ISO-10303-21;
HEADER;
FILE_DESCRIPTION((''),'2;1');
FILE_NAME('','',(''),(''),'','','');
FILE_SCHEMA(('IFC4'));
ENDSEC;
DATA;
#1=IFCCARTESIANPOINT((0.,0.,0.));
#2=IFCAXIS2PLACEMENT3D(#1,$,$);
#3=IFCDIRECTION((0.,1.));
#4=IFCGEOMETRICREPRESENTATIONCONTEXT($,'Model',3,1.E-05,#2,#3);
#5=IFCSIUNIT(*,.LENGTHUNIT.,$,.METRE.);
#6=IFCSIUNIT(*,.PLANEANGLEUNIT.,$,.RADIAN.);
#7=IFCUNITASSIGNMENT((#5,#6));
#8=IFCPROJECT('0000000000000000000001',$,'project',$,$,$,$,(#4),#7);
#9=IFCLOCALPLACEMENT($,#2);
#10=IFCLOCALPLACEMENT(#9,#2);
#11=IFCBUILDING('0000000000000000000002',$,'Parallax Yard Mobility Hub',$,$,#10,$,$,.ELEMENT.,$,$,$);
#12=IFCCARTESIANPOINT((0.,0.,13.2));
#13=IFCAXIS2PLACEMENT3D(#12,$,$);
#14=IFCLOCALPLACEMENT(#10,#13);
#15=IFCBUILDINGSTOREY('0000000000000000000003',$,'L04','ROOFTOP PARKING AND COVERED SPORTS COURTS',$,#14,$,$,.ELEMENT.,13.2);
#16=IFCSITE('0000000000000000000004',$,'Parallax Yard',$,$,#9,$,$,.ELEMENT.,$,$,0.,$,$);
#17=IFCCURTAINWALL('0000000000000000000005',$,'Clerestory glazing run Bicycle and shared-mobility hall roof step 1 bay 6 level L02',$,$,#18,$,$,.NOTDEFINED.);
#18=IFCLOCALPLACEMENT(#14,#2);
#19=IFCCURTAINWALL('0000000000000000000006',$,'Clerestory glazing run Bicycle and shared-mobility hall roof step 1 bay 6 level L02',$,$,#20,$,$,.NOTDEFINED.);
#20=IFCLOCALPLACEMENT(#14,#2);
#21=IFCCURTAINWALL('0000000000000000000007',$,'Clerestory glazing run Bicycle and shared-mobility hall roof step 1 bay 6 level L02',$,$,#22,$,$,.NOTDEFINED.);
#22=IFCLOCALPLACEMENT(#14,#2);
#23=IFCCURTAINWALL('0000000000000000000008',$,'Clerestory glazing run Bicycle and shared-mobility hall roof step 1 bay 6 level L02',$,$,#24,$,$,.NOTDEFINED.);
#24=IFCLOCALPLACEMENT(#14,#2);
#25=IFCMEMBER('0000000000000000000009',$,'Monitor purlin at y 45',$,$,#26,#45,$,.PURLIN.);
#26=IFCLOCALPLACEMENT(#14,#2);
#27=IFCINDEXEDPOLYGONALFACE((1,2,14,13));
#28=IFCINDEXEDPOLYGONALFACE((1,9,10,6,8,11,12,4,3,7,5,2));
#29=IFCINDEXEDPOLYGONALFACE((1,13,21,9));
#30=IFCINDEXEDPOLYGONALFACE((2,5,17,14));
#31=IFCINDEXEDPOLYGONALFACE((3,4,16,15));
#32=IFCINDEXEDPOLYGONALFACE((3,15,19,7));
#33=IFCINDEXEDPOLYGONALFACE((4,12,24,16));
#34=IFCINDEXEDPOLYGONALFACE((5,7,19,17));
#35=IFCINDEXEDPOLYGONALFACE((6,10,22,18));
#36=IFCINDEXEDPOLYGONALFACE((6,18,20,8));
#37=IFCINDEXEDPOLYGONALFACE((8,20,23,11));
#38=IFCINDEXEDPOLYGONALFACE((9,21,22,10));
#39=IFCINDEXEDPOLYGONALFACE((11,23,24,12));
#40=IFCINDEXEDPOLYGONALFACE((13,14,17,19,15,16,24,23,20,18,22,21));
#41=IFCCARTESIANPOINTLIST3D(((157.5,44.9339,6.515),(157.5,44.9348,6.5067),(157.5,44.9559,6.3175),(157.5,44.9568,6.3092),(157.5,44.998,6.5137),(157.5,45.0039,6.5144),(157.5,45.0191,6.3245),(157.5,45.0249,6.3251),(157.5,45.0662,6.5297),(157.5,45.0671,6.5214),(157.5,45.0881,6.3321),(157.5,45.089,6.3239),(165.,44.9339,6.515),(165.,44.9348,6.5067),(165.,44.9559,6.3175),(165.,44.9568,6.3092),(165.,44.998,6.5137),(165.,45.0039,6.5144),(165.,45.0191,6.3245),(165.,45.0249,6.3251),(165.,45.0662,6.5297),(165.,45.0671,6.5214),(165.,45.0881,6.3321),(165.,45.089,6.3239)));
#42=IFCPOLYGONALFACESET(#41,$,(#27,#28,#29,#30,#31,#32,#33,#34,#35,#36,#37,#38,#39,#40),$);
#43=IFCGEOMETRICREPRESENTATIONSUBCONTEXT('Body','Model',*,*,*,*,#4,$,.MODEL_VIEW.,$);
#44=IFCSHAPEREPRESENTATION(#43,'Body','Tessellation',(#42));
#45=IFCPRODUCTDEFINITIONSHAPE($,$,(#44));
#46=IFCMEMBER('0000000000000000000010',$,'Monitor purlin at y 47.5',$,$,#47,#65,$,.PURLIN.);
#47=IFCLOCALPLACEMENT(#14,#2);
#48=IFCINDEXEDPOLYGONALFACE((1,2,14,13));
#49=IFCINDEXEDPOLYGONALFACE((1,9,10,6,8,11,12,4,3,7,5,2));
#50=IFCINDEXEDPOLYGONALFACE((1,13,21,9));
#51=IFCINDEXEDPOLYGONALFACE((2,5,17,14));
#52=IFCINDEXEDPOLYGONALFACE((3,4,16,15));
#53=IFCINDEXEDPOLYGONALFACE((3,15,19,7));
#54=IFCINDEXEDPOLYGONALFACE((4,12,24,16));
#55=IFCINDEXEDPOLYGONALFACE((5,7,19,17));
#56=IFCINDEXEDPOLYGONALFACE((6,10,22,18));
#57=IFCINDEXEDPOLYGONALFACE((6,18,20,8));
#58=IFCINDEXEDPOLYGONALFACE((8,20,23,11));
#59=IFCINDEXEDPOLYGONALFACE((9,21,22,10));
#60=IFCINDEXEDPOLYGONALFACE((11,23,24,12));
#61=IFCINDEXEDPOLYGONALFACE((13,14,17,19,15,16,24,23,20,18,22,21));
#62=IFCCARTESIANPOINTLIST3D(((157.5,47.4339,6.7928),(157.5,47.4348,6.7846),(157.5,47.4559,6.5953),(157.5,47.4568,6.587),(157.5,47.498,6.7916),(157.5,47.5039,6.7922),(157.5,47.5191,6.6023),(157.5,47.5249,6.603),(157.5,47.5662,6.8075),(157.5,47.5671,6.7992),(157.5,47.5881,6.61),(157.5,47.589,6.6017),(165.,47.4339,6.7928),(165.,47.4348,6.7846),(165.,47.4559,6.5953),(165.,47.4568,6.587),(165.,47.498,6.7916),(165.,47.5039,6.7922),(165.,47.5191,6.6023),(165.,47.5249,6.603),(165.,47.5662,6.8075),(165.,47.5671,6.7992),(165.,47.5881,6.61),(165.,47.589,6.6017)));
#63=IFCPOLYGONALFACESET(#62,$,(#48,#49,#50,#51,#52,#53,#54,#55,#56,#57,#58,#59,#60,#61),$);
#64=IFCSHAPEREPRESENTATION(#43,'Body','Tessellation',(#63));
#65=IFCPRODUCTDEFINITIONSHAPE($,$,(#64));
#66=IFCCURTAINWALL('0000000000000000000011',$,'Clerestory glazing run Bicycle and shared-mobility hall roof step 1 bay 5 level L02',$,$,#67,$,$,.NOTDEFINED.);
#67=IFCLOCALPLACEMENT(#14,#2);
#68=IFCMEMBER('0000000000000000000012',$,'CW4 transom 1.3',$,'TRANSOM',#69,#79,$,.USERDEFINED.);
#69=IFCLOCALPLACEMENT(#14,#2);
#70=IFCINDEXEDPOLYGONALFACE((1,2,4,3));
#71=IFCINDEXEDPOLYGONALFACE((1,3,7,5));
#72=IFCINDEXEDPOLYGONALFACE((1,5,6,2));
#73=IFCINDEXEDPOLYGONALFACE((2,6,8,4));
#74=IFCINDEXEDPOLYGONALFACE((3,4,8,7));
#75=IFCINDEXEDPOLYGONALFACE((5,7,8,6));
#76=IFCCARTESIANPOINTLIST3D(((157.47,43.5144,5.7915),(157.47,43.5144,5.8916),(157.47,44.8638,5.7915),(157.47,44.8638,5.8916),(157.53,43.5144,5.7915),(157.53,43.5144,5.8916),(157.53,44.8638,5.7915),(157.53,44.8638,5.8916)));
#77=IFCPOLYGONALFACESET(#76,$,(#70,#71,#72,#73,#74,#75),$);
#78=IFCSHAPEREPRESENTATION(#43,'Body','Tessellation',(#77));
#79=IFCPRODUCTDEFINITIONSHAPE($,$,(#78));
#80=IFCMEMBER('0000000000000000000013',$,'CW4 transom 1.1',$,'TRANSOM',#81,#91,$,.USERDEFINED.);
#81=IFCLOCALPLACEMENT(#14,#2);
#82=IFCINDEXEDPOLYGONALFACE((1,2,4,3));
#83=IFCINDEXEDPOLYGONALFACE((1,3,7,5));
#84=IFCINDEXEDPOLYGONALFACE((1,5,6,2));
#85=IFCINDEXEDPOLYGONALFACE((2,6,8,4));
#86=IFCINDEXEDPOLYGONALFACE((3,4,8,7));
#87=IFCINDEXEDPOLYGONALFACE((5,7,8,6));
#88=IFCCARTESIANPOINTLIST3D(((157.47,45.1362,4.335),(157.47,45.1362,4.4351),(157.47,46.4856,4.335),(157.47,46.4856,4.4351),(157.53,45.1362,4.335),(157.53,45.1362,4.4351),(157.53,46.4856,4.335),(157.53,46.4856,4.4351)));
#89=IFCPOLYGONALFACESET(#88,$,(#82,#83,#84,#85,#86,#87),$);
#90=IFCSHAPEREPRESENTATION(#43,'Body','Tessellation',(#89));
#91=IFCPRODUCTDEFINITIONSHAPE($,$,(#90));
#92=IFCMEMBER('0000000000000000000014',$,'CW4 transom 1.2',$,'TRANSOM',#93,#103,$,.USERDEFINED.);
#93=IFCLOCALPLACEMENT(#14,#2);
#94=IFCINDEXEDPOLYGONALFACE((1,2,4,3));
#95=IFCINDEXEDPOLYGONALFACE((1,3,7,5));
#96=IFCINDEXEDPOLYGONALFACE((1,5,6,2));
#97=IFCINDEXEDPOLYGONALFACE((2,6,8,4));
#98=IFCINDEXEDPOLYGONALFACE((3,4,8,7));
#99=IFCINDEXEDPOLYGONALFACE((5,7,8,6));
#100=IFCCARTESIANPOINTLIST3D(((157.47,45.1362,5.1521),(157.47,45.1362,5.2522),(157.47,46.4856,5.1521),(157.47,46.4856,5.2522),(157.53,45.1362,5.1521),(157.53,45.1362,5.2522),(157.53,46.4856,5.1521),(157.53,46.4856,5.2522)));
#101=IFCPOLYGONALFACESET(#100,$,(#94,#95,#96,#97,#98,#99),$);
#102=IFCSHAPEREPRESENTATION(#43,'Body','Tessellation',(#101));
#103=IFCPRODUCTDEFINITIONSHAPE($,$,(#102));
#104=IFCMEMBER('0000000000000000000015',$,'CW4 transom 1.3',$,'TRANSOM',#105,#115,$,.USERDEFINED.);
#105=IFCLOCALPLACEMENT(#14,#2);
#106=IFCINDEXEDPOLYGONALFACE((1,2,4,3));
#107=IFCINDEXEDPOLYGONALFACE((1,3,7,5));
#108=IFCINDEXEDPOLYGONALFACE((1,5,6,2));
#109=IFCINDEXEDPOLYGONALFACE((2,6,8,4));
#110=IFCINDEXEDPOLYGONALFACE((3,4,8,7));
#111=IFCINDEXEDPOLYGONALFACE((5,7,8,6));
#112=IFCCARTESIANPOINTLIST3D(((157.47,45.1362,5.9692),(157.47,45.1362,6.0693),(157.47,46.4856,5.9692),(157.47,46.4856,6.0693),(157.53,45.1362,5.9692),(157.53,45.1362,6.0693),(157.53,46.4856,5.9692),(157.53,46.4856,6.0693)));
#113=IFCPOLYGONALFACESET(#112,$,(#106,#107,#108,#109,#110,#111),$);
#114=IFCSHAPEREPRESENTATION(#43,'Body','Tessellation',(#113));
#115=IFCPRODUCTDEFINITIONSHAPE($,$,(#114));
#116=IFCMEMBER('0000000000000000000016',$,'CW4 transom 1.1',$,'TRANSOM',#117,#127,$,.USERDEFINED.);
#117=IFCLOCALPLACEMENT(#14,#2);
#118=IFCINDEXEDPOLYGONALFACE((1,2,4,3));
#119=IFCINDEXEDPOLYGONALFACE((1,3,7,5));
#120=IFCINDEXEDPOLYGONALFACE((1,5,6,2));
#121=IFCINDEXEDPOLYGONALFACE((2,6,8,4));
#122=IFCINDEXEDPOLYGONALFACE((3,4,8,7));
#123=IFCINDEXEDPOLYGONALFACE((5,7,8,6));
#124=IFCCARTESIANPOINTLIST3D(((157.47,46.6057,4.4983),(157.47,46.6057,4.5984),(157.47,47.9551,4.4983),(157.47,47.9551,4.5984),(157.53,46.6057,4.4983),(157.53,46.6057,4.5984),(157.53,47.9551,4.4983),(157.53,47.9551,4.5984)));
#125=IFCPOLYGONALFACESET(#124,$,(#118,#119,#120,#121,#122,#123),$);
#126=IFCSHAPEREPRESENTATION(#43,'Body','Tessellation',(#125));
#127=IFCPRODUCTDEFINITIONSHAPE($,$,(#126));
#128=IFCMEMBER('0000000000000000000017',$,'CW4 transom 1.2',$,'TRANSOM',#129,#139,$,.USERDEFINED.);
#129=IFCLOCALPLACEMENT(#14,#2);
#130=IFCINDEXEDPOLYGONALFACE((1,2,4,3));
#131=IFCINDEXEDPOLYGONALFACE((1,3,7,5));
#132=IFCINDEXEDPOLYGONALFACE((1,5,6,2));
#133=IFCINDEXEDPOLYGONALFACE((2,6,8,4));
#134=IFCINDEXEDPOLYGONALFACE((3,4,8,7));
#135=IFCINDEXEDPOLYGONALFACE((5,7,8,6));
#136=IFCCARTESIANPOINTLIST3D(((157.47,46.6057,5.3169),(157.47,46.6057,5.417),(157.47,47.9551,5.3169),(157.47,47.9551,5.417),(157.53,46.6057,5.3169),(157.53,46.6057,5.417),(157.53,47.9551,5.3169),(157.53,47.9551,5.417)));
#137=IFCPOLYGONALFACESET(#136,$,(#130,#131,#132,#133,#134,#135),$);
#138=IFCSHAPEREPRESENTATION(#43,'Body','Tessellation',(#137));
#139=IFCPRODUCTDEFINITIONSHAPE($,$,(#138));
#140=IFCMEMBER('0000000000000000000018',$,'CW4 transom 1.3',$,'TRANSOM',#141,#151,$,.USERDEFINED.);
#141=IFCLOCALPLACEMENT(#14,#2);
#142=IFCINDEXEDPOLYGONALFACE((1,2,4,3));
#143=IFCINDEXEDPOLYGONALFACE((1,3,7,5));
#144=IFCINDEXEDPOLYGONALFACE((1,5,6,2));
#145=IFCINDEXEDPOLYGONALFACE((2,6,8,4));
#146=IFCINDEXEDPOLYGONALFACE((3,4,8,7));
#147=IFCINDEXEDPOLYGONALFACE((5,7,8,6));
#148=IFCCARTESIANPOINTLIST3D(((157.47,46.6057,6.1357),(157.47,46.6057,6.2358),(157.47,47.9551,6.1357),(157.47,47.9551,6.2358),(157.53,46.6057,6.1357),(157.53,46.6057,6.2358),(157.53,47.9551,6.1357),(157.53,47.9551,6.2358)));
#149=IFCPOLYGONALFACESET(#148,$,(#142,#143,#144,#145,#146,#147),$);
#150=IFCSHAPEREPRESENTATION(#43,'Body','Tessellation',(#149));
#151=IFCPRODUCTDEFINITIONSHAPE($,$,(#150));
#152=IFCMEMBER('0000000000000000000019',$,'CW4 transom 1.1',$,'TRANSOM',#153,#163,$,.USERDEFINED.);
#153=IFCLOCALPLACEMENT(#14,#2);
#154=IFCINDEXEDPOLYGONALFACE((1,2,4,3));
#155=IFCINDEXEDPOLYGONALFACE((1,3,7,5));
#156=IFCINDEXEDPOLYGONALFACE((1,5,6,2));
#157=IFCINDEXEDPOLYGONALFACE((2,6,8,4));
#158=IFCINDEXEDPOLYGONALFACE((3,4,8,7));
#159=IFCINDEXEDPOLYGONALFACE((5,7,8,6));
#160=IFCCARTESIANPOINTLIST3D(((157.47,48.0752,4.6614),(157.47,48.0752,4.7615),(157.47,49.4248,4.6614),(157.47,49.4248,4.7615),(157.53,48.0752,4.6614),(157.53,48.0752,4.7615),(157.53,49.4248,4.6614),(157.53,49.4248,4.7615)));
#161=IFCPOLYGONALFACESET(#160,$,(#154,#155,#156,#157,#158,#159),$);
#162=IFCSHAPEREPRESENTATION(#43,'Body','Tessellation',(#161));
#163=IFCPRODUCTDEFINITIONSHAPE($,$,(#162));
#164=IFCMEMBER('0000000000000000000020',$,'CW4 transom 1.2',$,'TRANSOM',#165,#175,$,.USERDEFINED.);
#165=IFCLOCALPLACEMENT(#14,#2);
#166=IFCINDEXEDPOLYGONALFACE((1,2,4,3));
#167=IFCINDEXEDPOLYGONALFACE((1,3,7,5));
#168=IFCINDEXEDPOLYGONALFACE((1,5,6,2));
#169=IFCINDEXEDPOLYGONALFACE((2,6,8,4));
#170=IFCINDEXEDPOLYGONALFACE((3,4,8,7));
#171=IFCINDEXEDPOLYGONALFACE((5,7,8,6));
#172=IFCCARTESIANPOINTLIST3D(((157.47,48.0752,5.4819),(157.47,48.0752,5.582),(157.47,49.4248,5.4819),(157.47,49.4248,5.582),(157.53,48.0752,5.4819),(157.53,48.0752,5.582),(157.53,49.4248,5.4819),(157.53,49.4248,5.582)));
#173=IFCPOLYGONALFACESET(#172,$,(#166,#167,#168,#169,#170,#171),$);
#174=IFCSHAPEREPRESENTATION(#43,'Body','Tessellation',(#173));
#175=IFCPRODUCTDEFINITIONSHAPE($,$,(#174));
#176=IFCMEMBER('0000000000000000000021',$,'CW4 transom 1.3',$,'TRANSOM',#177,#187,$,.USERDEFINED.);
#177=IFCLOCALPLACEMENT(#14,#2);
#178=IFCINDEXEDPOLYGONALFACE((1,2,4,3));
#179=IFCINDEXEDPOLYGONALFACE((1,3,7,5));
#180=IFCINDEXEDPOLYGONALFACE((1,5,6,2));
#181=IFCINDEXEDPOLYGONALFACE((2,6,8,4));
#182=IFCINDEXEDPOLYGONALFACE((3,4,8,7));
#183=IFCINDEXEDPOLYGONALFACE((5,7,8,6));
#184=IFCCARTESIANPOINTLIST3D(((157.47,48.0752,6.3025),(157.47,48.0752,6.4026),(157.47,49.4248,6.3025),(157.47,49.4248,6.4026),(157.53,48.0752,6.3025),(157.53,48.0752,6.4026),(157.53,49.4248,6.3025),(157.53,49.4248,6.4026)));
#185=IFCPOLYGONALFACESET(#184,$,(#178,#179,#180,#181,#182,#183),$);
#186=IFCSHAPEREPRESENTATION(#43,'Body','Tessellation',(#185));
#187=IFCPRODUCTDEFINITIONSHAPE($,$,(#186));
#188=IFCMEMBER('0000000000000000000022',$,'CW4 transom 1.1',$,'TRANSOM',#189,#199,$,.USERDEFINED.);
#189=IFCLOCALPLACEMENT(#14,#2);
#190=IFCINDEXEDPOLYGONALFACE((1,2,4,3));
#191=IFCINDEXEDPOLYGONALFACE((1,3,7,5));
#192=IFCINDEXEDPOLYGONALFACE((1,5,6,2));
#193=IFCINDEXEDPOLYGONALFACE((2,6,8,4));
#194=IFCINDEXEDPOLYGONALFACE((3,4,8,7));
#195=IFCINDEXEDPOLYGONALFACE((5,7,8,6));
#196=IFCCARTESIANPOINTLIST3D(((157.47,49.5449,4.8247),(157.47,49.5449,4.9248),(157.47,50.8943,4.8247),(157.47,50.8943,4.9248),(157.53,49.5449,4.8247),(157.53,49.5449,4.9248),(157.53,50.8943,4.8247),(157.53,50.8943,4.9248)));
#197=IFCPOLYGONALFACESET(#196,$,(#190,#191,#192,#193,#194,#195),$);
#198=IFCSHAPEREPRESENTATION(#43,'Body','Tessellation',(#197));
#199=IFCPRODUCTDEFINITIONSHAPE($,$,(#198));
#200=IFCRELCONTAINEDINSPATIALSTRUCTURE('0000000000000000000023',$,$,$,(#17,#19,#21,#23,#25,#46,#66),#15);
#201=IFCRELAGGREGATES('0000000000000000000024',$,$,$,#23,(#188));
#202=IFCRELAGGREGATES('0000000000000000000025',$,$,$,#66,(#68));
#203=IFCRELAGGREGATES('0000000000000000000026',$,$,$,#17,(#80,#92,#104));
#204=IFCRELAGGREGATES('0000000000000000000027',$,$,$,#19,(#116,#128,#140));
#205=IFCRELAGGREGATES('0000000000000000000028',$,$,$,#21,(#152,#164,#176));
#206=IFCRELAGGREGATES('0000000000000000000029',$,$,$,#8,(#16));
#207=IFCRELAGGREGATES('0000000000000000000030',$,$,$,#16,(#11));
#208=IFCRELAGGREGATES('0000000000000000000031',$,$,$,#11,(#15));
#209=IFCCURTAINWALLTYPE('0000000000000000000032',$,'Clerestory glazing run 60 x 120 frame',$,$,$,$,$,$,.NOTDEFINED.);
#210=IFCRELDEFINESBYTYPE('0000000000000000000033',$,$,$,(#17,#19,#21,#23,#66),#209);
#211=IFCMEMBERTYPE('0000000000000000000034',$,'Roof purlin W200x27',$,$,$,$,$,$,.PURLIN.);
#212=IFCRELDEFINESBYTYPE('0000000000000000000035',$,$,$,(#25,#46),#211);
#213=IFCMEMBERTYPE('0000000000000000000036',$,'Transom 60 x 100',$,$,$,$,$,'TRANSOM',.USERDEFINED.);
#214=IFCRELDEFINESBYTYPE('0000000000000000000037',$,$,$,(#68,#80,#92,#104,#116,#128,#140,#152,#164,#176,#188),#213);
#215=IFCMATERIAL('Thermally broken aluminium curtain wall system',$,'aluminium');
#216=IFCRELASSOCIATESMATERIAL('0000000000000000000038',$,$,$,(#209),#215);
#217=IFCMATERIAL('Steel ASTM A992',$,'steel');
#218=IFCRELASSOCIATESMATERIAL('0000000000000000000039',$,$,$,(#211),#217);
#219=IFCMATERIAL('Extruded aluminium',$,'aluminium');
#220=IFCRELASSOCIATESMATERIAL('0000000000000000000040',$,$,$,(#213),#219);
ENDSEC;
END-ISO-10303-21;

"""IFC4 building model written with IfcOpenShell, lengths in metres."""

from ifc_helpers import new_model, si_unit, direction, frame, origin, origin_2d, place, context, subcontext, project, spatial, rectangle, i_section, extrude, material, material_profile, profile_set, type_object, element, aggregate, save


model = new_model("IFC4")

# Units and contexts
model_context = context("Model", 3, precision=1e-05, world=origin(), true_north=direction((0.0, 1.0)))
body_context = subcontext(model_context, "Body", "Model", "MODEL_VIEW")
ifc_project = project(units=[si_unit("LENGTHUNIT", "METRE"), si_unit("PLANEANGLEUNIT", "RADIAN")], contexts=[model_context])

# Site, building, storey
site_placement = place(None, origin())
site = spatial("IfcSite", under=ifc_project, at=site_placement, Name="Parallax Yard", CompositionType="ELEMENT", RefElevation=0.0)
building_placement = place(site_placement, origin())
building = spatial("IfcBuilding", under=site, at=building_placement, Name="Parallax Yard Mobility Hub", CompositionType="ELEMENT")
storey_placement = place(building_placement, frame((0.0, 0.0, 13.2)))
storey = spatial("IfcBuildingStorey", under=building, at=storey_placement, Name="L04", Description="ROOFTOP PARKING AND COVERED SPORTS COURTS", CompositionType="ELEMENT", Elevation=13.2)

# Shared definitions
ifc_material_1 = material(Name="Steel ASTM A992", Category="steel")

# Curtain wall
ifc_material_2 = material(Name="Thermally broken aluminium curtain wall system", Category="aluminium")
curtain_wall_type = type_object("IfcCurtainWallType", Name="Clerestory glazing run 60 x 120 frame", PredefinedType="NOTDEFINED", material=ifc_material_2)
curtain_wall_1_placement = place(storey_placement, origin())
curtain_wall_1 = element("IfcCurtainWall", 1, at=curtain_wall_1_placement, inside=storey, type_object=curtain_wall_type, Name="Clerestory glazing run Bicycle and shared-mobility hall roof step 1 bay 6 level L02", PredefinedType="NOTDEFINED")
ifc_material_3 = material(Name="Extruded aluminium", Category="aluminium")

# Curtain walls
curtain_wall_2_placement = place(storey_placement, origin())
curtain_wall_2 = element("IfcCurtainWall", 2, at=curtain_wall_2_placement, inside=storey, type_object=curtain_wall_type, Name="Clerestory glazing run Bicycle and shared-mobility hall roof step 1 bay 6 level L02", PredefinedType="NOTDEFINED")
curtain_wall_3_placement = place(storey_placement, origin())
curtain_wall_3 = element("IfcCurtainWall", 3, at=curtain_wall_3_placement, inside=storey, type_object=curtain_wall_type, Name="Clerestory glazing run Bicycle and shared-mobility hall roof step 1 bay 6 level L02", PredefinedType="NOTDEFINED")

# Curtain wall
curtain_wall_4_placement = place(storey_placement, origin())
curtain_wall_4 = element("IfcCurtainWall", 4, at=curtain_wall_4_placement, inside=storey, type_object=curtain_wall_type, Name="Clerestory glazing run Bicycle and shared-mobility hall roof step 1 bay 6 level L02", PredefinedType="NOTDEFINED")

# Members
ifc_material_profile_1 = material_profile(ifc_material_1, i_section(OverallWidth=0.1331, OverallDepth=0.207, WebThickness=0.0059, FlangeThickness=0.0083, at=origin_2d()), Name="W200x27")
ifc_profile_set_1 = profile_set([ifc_material_profile_1], Name="Steel ASTM A992")
member_type_1 = type_object("IfcMemberType", Name="Roof purlin W200x27", PredefinedType="PURLIN", material=ifc_profile_set_1)
for number, where, z_axis, x_axis, name in (
    (5, (157.5, 45.0115, 6.4194), (1.0, 0.0, 0.0), (0.0, 0.993884, 0.110432), "Monitor purlin at y 45"),
    (6, (157.5, 47.5115, 6.6973), (1.0, 0.0, 0.0), (0.0, 0.993884, 0.110432), "Monitor purlin at y 47.5"),
):
    element("IfcMember", number, at=place(storey_placement, frame(where, z_axis=z_axis, x_axis=x_axis)), inside=storey, type_object=member_type_1, Name=name, PredefinedType="PURLIN", context=body_context, shape_type="SweptSolid", body=[
        extrude(i_section(OverallWidth=0.1331, OverallDepth=0.207, WebThickness=0.0059, FlangeThickness=0.0083, at=origin_2d()), origin(), (0.0, 0.0, 1.0), 7.5),
    ])

# Curtain wall, member
curtain_wall_5_placement = place(storey_placement, origin())
curtain_wall_5 = element("IfcCurtainWall", 7, at=curtain_wall_5_placement, inside=storey, type_object=curtain_wall_type, Name="Clerestory glazing run Bicycle and shared-mobility hall roof step 1 bay 5 level L02", PredefinedType="NOTDEFINED")
ifc_material_profile_2 = material_profile(ifc_material_3, rectangle(XDim=0.0601, YDim=0.1001, at=origin_2d()), Name="Transom 60 x 100")
ifc_profile_set_2 = profile_set([ifc_material_profile_2], Name="Extruded aluminium")
member_type_2 = type_object("IfcMemberType", Name="Transom 60 x 100", ElementType="TRANSOM", PredefinedType="USERDEFINED", material=ifc_profile_set_2)
member_1_placement = place(storey_placement, frame((157.5, 43.5144, 5.8416), z_axis=(0.0, 1.0, 0.0), x_axis=(-1.0, 0.0, 0.0)))
member_1 = element("IfcMember", 8, at=member_1_placement, type_object=member_type_2, Name="CW4 transom 1.3", ObjectType="TRANSOM", PredefinedType="USERDEFINED", context=body_context, shape_type="SweptSolid", body=[
    extrude(rectangle(XDim=0.0601, YDim=0.1001, at=origin_2d()), origin(), (0.0, 0.0, 1.0), 1.3494),
])

# Members
member_2_placement = place(storey_placement, frame((157.5, 45.1362, 4.385), z_axis=(0.0, 1.0, 0.0), x_axis=(-1.0, 0.0, 0.0)))
member_2 = element("IfcMember", 9, at=member_2_placement, type_object=member_type_2, Name="CW4 transom 1.1", ObjectType="TRANSOM", PredefinedType="USERDEFINED", context=body_context, shape_type="SweptSolid", body=[
    extrude(rectangle(XDim=0.0601, YDim=0.1001, at=origin_2d()), origin(), (0.0, 0.0, 1.0), 1.3494),
])
member_3_placement = place(storey_placement, frame((157.5, 45.1362, 5.2021), z_axis=(0.0, 1.0, 0.0), x_axis=(-1.0, 0.0, 0.0)))
member_3 = element("IfcMember", 10, at=member_3_placement, type_object=member_type_2, Name="CW4 transom 1.2", ObjectType="TRANSOM", PredefinedType="USERDEFINED", context=body_context, shape_type="SweptSolid", body=[
    extrude(rectangle(XDim=0.0601, YDim=0.1001, at=origin_2d()), origin(), (0.0, 0.0, 1.0), 1.3494),
])
member_4_placement = place(storey_placement, frame((157.5, 45.1362, 6.0193), z_axis=(0.0, 1.0, 0.0), x_axis=(-1.0, 0.0, 0.0)))
member_4 = element("IfcMember", 11, at=member_4_placement, type_object=member_type_2, Name="CW4 transom 1.3", ObjectType="TRANSOM", PredefinedType="USERDEFINED", context=body_context, shape_type="SweptSolid", body=[
    extrude(rectangle(XDim=0.0601, YDim=0.1001, at=origin_2d()), origin(), (0.0, 0.0, 1.0), 1.3494),
])
member_5_placement = place(storey_placement, frame((157.5, 46.6057, 4.5483), z_axis=(0.0, 1.0, 0.0), x_axis=(-1.0, 0.0, 0.0)))
member_5 = element("IfcMember", 12, at=member_5_placement, type_object=member_type_2, Name="CW4 transom 1.1", ObjectType="TRANSOM", PredefinedType="USERDEFINED", context=body_context, shape_type="SweptSolid", body=[
    extrude(rectangle(XDim=0.0601, YDim=0.1001, at=origin_2d()), origin(), (0.0, 0.0, 1.0), 1.3494),
])
member_6_placement = place(storey_placement, frame((157.5, 46.6057, 5.3669), z_axis=(0.0, 1.0, 0.0), x_axis=(-1.0, 0.0, 0.0)))
member_6 = element("IfcMember", 13, at=member_6_placement, type_object=member_type_2, Name="CW4 transom 1.2", ObjectType="TRANSOM", PredefinedType="USERDEFINED", context=body_context, shape_type="SweptSolid", body=[
    extrude(rectangle(XDim=0.0601, YDim=0.1001, at=origin_2d()), origin(), (0.0, 0.0, 1.0), 1.3494),
])
member_7_placement = place(storey_placement, frame((157.5, 46.6057, 6.1858), z_axis=(0.0, 1.0, 0.0), x_axis=(-1.0, 0.0, 0.0)))
member_7 = element("IfcMember", 14, at=member_7_placement, type_object=member_type_2, Name="CW4 transom 1.3", ObjectType="TRANSOM", PredefinedType="USERDEFINED", context=body_context, shape_type="SweptSolid", body=[
    extrude(rectangle(XDim=0.0601, YDim=0.1001, at=origin_2d()), origin(), (0.0, 0.0, 1.0), 1.3494),
])
member_8_placement = place(storey_placement, frame((157.5, 48.0752, 4.7114), z_axis=(0.0, 1.0, 0.0), x_axis=(-1.0, 0.0, 0.0)))
member_8 = element("IfcMember", 15, at=member_8_placement, type_object=member_type_2, Name="CW4 transom 1.1", ObjectType="TRANSOM", PredefinedType="USERDEFINED", context=body_context, shape_type="SweptSolid", body=[
    extrude(rectangle(XDim=0.0601, YDim=0.1001, at=origin_2d()), origin(), (0.0, 0.0, 1.0), 1.3496),
])
member_9_placement = place(storey_placement, frame((157.5, 48.0752, 5.532), z_axis=(0.0, 1.0, 0.0), x_axis=(-1.0, 0.0, 0.0)))
member_9 = element("IfcMember", 16, at=member_9_placement, type_object=member_type_2, Name="CW4 transom 1.2", ObjectType="TRANSOM", PredefinedType="USERDEFINED", context=body_context, shape_type="SweptSolid", body=[
    extrude(rectangle(XDim=0.0601, YDim=0.1001, at=origin_2d()), origin(), (0.0, 0.0, 1.0), 1.3496),
])
member_10_placement = place(storey_placement, frame((157.5, 48.0752, 6.3525), z_axis=(0.0, 1.0, 0.0), x_axis=(-1.0, 0.0, 0.0)))
member_10 = element("IfcMember", 17, at=member_10_placement, type_object=member_type_2, Name="CW4 transom 1.3", ObjectType="TRANSOM", PredefinedType="USERDEFINED", context=body_context, shape_type="SweptSolid", body=[
    extrude(rectangle(XDim=0.0601, YDim=0.1001, at=origin_2d()), origin(), (0.0, 0.0, 1.0), 1.3496),
])
member_11_placement = place(storey_placement, frame((157.5, 49.5449, 4.8748), z_axis=(0.0, 1.0, 0.0), x_axis=(-1.0, 0.0, 0.0)))
member_11 = element("IfcMember", 18, at=member_11_placement, type_object=member_type_2, Name="CW4 transom 1.1", ObjectType="TRANSOM", PredefinedType="USERDEFINED", context=body_context, shape_type="SweptSolid", body=[
    extrude(rectangle(XDim=0.0601, YDim=0.1001, at=origin_2d()), origin(), (0.0, 0.0, 1.0), 1.3494),
])
aggregate(curtain_wall_4, [member_11])

aggregate(curtain_wall_5, [member_1])
aggregate(curtain_wall_1, [member_2, member_3, member_4])
aggregate(curtain_wall_2, [member_5, member_6, member_7])
aggregate(curtain_wall_3, [member_8, member_9, member_10])

save(model, "model.ifc")
